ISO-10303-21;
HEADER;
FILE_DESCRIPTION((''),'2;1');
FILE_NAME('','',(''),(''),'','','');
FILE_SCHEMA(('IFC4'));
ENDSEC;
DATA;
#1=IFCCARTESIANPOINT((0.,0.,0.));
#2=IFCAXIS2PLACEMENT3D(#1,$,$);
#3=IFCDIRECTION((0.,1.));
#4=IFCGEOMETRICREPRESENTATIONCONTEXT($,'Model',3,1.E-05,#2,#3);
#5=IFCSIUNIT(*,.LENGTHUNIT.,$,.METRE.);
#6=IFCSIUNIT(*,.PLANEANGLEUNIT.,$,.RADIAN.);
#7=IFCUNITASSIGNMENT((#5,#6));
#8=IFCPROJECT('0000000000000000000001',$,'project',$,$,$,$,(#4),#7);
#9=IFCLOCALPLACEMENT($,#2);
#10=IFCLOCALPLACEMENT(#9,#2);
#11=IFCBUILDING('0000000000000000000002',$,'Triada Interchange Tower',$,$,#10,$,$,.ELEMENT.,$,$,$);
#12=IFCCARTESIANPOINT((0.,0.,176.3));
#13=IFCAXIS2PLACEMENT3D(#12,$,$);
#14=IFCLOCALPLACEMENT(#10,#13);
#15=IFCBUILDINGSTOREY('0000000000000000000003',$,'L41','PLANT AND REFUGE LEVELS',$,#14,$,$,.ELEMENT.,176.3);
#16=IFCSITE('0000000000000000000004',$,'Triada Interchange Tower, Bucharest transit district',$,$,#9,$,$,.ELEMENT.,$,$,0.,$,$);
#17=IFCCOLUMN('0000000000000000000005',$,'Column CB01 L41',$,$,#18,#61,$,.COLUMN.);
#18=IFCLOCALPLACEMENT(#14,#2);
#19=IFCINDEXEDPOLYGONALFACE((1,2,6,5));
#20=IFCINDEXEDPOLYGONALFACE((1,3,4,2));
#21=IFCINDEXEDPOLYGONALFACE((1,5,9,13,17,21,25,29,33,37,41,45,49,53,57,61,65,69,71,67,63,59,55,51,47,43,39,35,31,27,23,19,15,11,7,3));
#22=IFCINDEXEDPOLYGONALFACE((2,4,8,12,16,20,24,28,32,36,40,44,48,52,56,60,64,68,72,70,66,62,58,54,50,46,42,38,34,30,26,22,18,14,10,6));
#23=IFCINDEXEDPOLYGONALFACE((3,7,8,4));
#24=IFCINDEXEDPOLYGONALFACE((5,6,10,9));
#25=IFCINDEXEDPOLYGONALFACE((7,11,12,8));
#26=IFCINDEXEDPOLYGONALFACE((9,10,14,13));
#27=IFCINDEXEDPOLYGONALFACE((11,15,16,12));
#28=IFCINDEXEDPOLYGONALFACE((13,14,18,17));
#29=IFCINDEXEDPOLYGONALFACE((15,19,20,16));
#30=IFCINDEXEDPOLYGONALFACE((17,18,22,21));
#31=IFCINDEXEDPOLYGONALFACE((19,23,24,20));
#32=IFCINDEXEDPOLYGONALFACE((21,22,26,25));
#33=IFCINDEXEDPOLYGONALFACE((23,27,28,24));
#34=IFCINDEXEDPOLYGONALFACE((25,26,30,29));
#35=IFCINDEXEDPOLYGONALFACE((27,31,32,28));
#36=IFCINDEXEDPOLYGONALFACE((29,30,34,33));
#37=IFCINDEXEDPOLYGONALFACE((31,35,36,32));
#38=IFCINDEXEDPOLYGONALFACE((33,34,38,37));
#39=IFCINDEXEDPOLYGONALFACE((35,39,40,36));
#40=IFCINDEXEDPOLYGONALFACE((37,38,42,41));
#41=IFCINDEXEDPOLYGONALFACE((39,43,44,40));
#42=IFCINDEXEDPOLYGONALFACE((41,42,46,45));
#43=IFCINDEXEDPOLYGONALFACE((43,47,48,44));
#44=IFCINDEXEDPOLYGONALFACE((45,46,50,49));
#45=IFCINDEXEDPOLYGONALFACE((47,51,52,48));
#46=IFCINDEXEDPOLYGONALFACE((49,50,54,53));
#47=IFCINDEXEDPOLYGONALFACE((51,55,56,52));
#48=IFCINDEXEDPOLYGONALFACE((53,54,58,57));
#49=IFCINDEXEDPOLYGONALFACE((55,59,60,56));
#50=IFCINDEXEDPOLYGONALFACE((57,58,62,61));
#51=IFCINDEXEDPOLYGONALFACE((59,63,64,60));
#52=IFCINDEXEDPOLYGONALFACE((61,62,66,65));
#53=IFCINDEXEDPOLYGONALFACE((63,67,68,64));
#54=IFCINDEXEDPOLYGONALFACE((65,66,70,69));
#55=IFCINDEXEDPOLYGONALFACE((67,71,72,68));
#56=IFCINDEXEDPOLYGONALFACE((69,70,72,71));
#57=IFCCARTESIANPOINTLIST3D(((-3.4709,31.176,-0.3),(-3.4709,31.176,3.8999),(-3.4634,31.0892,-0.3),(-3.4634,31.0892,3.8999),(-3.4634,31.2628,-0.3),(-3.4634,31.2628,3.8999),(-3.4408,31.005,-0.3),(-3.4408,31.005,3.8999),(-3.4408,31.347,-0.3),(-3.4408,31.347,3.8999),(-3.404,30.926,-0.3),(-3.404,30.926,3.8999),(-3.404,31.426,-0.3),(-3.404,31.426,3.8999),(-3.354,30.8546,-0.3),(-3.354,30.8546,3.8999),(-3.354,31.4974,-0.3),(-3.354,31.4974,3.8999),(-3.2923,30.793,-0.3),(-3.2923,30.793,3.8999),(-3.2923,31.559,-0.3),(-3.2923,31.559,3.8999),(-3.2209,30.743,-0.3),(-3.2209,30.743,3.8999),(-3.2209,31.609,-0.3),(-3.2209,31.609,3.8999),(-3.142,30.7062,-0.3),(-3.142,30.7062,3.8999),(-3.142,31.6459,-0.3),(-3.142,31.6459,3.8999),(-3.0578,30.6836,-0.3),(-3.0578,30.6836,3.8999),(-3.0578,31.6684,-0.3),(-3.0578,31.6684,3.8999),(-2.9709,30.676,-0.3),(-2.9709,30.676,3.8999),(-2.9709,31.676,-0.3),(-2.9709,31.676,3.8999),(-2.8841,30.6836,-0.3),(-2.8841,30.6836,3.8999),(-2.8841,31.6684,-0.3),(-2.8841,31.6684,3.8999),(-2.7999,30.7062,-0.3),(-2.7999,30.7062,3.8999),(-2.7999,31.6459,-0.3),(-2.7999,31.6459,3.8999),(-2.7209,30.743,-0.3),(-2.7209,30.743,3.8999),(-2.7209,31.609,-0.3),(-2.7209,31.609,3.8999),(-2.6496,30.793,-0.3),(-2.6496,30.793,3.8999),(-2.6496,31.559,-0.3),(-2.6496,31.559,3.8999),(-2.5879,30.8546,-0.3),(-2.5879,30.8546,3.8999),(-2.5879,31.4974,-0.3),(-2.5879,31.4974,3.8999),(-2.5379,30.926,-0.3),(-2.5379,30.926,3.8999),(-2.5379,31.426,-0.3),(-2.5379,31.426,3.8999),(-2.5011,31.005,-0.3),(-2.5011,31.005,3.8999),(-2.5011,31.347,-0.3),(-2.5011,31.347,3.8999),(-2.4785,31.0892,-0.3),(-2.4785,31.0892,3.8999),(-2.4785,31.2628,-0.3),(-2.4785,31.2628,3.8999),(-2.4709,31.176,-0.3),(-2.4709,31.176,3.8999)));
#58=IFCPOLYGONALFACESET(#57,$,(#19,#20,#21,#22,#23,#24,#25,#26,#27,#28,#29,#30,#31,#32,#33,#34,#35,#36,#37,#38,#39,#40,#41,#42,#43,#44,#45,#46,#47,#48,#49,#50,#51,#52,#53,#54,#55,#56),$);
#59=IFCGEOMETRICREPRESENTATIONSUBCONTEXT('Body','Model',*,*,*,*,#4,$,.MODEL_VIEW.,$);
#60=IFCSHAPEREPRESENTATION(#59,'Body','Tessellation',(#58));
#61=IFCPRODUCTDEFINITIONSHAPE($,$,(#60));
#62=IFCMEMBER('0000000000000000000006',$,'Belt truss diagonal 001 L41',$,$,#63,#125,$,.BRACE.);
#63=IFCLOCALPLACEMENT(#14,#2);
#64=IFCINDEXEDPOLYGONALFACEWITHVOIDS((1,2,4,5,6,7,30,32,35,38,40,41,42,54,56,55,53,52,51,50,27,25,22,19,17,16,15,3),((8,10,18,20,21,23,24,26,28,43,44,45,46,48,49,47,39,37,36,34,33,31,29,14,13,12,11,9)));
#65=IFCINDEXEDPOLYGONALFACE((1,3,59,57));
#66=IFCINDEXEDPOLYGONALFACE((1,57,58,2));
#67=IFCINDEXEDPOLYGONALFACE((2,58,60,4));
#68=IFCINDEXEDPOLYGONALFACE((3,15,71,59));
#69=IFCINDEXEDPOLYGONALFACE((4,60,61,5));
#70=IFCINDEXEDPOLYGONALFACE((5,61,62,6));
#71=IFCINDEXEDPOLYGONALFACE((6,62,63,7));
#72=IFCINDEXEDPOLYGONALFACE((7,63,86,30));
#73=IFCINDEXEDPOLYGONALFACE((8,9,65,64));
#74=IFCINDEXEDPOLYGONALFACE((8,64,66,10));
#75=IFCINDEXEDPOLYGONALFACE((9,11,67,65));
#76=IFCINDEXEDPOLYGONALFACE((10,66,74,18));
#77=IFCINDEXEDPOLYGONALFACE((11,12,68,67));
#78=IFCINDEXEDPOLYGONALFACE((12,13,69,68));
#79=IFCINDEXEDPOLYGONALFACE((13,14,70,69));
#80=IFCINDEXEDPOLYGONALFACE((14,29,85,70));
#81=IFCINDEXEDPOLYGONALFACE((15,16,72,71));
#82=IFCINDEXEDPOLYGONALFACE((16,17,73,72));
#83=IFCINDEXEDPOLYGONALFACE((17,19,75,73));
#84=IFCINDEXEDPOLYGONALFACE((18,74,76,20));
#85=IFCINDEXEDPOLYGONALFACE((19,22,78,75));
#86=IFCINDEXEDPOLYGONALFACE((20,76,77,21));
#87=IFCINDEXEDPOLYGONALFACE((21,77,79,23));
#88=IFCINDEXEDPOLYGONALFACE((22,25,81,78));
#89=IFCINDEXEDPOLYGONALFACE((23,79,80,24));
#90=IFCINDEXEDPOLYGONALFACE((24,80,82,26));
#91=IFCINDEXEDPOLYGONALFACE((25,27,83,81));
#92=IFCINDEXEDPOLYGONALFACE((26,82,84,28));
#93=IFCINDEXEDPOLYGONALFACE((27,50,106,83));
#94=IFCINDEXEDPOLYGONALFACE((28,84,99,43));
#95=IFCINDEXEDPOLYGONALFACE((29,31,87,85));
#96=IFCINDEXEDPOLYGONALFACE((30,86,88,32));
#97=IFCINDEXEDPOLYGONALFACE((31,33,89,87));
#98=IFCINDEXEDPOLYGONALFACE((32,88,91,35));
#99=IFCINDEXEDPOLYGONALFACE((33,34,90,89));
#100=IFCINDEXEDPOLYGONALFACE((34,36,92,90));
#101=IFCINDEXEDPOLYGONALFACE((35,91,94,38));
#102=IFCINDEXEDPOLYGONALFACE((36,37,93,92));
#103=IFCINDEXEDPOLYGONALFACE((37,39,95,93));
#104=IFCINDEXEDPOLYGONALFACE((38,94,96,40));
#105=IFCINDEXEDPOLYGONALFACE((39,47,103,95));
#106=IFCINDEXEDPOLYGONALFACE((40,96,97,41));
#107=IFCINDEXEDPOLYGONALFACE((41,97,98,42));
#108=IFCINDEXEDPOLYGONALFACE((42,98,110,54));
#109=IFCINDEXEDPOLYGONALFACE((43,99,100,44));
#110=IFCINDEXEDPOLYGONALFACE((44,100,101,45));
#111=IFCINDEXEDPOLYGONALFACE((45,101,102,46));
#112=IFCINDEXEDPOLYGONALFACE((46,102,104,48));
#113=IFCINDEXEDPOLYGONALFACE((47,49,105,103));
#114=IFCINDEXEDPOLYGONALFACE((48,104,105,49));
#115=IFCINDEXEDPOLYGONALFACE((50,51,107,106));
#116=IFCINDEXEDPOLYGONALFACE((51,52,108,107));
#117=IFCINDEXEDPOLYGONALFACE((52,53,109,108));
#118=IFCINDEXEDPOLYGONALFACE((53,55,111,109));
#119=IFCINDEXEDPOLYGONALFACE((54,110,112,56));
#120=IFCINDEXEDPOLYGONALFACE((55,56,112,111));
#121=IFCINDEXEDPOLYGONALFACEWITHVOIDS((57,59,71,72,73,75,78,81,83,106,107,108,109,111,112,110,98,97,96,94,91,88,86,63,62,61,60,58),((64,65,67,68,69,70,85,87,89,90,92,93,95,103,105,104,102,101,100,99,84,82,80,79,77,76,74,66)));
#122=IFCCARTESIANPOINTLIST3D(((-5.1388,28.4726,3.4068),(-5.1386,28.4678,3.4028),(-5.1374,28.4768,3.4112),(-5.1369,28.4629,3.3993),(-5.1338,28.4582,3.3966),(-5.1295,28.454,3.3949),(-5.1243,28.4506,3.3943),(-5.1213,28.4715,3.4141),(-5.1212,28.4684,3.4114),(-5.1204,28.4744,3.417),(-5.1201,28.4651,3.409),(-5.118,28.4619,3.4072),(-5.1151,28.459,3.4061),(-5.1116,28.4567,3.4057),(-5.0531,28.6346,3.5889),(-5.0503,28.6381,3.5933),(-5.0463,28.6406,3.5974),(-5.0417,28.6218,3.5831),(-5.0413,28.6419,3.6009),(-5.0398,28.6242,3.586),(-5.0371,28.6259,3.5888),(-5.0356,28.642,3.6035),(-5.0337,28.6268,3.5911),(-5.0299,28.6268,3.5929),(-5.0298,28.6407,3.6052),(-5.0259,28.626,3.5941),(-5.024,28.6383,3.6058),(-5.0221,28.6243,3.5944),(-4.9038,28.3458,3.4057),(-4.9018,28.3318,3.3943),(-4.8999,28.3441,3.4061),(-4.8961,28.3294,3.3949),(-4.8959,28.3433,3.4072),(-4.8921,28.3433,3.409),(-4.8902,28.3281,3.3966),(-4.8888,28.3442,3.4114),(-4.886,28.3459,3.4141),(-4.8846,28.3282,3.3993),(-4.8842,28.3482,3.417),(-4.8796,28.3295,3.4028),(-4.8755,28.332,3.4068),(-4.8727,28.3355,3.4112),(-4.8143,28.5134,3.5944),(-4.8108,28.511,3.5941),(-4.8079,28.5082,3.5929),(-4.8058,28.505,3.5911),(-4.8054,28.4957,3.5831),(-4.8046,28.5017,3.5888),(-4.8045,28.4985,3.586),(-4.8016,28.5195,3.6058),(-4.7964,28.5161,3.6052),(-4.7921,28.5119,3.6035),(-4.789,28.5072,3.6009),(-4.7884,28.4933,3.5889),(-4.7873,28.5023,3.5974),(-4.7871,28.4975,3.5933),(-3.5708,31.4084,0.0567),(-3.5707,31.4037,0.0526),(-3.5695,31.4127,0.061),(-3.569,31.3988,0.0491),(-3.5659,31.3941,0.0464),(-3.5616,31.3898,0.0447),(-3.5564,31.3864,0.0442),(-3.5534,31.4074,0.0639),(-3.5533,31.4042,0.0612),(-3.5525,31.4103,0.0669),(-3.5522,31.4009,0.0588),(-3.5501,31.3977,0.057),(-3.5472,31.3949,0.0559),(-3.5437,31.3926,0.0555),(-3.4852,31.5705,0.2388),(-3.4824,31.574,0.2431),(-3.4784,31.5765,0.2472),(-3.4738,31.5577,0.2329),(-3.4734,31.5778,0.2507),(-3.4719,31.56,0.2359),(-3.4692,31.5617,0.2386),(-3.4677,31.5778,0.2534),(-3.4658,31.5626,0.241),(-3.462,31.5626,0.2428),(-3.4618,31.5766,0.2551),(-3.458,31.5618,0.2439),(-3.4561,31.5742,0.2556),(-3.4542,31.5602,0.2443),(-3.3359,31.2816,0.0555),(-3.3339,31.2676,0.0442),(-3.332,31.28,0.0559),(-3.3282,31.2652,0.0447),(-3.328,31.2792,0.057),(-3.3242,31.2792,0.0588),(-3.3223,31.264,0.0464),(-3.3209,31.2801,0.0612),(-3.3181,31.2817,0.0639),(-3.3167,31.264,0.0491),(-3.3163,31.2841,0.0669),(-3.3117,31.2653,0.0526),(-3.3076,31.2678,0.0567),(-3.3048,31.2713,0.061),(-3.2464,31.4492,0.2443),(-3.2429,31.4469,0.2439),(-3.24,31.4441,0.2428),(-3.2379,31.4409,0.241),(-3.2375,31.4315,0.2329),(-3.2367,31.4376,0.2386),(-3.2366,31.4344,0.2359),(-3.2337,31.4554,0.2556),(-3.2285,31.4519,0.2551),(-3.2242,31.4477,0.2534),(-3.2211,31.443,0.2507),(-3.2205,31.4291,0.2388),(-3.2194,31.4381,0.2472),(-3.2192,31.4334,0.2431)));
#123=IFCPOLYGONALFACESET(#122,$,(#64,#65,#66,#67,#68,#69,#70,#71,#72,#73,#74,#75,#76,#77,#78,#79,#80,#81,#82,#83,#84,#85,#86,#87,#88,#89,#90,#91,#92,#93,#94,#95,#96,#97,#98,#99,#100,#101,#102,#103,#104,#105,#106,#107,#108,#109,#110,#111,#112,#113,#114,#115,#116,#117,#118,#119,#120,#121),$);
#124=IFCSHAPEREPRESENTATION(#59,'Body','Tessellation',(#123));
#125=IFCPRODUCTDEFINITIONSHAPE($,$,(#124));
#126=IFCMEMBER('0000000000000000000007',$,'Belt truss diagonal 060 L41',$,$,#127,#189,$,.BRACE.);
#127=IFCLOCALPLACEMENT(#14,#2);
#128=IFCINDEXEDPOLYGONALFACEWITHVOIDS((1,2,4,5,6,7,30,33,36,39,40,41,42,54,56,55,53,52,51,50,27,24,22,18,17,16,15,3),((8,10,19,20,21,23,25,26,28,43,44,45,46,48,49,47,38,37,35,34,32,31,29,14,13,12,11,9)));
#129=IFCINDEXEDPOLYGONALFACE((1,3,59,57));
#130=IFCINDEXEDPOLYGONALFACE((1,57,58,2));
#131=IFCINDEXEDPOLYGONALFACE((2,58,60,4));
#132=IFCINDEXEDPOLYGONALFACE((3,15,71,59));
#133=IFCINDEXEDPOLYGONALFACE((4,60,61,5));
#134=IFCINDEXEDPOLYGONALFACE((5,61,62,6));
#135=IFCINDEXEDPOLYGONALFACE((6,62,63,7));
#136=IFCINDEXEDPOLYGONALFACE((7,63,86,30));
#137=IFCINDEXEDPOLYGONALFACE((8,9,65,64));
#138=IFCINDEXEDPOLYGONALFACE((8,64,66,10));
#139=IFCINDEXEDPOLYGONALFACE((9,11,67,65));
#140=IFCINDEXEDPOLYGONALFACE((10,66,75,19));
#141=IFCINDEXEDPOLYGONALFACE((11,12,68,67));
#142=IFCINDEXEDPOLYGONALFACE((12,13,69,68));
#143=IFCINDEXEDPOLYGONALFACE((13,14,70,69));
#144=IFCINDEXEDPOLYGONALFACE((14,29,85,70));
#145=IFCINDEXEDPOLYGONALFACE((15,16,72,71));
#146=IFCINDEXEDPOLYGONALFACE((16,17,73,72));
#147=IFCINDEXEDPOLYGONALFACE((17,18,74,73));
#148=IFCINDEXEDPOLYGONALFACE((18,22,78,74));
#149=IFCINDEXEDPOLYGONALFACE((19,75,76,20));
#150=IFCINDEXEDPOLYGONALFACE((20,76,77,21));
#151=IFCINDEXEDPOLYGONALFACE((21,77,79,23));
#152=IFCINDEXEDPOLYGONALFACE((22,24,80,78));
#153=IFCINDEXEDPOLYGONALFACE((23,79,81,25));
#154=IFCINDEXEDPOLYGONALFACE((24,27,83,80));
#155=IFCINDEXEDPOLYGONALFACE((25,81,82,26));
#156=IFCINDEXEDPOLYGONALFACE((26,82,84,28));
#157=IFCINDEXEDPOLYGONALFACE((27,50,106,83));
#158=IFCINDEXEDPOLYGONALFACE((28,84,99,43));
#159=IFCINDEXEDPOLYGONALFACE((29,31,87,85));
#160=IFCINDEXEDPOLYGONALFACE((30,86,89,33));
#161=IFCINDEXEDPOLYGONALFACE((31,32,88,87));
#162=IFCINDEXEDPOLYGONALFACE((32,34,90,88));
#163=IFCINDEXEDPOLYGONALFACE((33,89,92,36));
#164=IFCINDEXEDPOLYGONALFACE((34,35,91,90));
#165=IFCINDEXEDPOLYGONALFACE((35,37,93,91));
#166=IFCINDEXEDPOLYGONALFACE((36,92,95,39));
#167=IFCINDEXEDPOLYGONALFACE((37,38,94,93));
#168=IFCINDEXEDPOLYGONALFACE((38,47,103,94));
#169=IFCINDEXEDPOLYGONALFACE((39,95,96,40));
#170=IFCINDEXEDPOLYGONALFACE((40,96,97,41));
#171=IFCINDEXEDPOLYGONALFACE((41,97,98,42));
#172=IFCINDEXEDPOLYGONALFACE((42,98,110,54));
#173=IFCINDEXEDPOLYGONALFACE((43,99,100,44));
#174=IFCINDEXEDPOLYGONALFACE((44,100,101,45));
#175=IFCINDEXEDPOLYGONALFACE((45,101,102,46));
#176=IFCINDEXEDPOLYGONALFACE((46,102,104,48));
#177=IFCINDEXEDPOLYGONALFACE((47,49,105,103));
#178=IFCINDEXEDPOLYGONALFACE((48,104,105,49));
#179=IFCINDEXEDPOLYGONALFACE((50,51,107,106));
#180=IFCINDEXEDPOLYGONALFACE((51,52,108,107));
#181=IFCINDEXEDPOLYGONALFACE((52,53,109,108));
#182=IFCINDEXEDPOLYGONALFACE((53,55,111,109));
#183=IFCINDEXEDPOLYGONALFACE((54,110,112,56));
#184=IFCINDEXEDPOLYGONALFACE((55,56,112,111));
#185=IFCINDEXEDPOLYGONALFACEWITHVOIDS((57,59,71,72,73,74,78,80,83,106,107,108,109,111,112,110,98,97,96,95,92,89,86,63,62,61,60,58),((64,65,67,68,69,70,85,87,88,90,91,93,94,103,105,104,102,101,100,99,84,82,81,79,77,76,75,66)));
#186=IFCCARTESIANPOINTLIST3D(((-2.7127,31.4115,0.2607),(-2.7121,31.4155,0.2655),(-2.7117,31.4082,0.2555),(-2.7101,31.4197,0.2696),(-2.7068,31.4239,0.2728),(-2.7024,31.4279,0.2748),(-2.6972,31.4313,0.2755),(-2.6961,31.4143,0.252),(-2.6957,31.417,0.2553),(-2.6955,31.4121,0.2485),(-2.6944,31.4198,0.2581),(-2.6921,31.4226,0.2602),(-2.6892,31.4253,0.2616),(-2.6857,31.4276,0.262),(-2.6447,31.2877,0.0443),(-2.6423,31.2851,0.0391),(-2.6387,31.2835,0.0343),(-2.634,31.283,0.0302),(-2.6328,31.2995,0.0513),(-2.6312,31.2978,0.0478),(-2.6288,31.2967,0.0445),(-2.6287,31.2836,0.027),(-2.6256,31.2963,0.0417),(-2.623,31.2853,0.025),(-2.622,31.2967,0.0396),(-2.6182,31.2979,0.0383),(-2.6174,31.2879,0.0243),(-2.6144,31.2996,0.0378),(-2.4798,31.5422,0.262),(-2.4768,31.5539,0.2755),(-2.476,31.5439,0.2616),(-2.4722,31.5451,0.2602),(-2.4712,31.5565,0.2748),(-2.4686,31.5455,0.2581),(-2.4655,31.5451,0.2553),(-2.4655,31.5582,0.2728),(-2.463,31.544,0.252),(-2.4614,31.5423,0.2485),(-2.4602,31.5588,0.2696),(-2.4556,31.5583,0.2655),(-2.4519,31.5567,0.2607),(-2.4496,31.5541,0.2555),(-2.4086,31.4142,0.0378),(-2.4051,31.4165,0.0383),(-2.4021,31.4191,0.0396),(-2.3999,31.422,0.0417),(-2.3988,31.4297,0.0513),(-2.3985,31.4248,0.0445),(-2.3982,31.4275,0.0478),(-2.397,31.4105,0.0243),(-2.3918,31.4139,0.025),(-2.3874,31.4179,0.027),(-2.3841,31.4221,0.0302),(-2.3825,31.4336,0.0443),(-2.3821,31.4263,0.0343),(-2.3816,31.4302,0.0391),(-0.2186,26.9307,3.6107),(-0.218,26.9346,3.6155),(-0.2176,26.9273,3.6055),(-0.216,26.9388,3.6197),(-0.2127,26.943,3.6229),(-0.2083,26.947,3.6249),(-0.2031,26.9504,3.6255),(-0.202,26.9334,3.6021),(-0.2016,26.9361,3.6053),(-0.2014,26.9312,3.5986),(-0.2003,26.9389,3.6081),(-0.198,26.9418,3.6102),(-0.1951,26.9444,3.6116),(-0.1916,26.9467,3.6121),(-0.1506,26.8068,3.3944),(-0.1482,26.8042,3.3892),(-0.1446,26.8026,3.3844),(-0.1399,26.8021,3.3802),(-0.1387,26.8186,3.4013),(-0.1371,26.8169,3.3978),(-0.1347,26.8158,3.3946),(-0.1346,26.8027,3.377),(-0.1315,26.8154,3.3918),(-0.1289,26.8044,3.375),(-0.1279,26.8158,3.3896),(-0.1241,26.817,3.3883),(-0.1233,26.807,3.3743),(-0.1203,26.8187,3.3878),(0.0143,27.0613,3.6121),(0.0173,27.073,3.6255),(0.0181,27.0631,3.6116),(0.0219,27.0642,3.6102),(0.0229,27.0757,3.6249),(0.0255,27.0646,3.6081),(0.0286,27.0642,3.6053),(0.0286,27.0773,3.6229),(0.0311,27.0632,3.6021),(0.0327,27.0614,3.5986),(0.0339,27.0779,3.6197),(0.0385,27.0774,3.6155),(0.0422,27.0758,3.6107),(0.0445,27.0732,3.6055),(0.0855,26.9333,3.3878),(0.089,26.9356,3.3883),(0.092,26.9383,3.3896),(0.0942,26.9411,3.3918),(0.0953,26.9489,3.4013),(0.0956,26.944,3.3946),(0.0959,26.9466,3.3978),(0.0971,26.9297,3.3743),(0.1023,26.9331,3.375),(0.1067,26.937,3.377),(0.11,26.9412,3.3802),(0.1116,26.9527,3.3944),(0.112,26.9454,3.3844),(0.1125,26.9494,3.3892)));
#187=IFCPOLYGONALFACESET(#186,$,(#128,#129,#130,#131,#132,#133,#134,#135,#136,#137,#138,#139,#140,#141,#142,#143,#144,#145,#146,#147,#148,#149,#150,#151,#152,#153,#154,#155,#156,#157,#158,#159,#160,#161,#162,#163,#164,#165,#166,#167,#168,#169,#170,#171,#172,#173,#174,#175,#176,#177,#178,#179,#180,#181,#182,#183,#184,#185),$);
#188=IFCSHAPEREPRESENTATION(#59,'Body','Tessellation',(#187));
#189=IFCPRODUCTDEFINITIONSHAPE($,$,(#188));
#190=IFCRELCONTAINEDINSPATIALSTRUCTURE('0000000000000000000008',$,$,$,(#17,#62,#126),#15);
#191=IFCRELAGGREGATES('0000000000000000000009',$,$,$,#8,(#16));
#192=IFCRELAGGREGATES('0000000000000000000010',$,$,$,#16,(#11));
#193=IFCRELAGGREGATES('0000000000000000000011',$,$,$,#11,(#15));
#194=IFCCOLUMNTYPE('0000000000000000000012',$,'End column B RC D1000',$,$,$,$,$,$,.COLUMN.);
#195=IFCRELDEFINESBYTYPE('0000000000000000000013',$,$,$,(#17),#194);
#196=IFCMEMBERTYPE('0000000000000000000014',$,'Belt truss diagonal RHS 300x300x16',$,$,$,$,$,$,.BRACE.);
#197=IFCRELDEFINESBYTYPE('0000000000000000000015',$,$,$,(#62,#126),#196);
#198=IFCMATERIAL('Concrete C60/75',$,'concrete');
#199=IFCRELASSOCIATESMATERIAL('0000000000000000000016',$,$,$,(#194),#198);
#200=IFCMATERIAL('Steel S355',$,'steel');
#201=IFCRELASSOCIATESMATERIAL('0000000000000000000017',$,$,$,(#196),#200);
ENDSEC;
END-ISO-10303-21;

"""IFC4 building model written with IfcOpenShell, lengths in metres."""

from ifc_helpers import new_model, si_unit, direction, frame, origin, origin_2d, place, context, subcontext, project, spatial, hollow_rectangle, circle, extrude, material, material_profile, profile_set, type_object, element, save


model = new_model("IFC4")

# Units and contexts
model_context = context("Model", 3, precision=1e-05, world=origin(), true_north=direction((0.0, 1.0)))
body_context = subcontext(model_context, "Body", "Model", "MODEL_VIEW")
ifc_project = project(units=[si_unit("LENGTHUNIT", "METRE"), si_unit("PLANEANGLEUNIT", "RADIAN")], contexts=[model_context])

# Site, building, storey
site_placement = place(None, origin())
site = spatial("IfcSite", under=ifc_project, at=site_placement, Name="Triada Interchange Tower, Bucharest transit district", CompositionType="ELEMENT", RefElevation=0.0)
building_placement = place(site_placement, origin())
building = spatial("IfcBuilding", under=site, at=building_placement, Name="Triada Interchange Tower", CompositionType="ELEMENT")
storey_placement = place(building_placement, frame((0.0, 0.0, 176.3)))
storey = spatial("IfcBuildingStorey", under=building, at=storey_placement, Name="L41", Description="PLANT AND REFUGE LEVELS", CompositionType="ELEMENT", Elevation=176.3)

# Column
ifc_material_1 = material(Name="Concrete C60/75", Category="concrete")
ifc_material_profile_1 = material_profile(ifc_material_1, circle(Radius=0.5, at=origin_2d()), Name="RC D1000")
ifc_profile_set_1 = profile_set([ifc_material_profile_1], Name="Concrete C60/75")
column_type = type_object("IfcColumnType", Name="End column B RC D1000", PredefinedType="COLUMN", material=ifc_profile_set_1)
column_placement = place(storey_placement, frame((-2.9709, 31.176, -0.3), z_axis=(0.0, 0.0, 1.0), x_axis=(0.5, 0.866025, 0.0)))
element("IfcColumn", 1, at=column_placement, inside=storey, type_object=column_type, Name="Column CB01 L41", PredefinedType="COLUMN", context=body_context, shape_type="SweptSolid", body=[
    extrude(circle(Radius=0.5, at=origin_2d()), origin(), (0.0, 0.0, 1.0), 4.2),
])

# Members
ifc_material_2 = material(Name="Steel S355", Category="steel")
ifc_material_profile_2 = material_profile(ifc_material_2, hollow_rectangle(XDim=0.3, YDim=0.3, WallThickness=0.0161, InnerFilletRadius=0.0161, OuterFilletRadius=0.0239, at=origin_2d()), Name="RHS 300x300x16")
ifc_profile_set_2 = profile_set([ifc_material_profile_2], Name="Steel S355")
member_type = type_object("IfcMemberType", Name="Belt truss diagonal RHS 300x300x16", PredefinedType="BRACE", material=ifc_profile_set_2)
member_1_placement = place(storey_placement, frame((-3.395, 31.4209, 0.1499), z_axis=(-0.332013, -0.621685, 0.709419), x_axis=(0.882089, -0.471083, 0.0)))
element("IfcMember", 2, at=member_1_placement, inside=storey, type_object=member_type, Name="Belt truss diagonal 001 L41", PredefinedType="BRACE", context=body_context, shape_type="SweptSolid", body=[
    extrude(hollow_rectangle(XDim=0.3, YDim=0.3, WallThickness=0.0161, InnerFilletRadius=0.0161, OuterFilletRadius=0.0239, at=origin_2d()), origin(), (0.0, 0.0, 1.0), 4.7224),
])
member_2_placement = place(storey_placement, frame((-2.5471, 31.4209, 0.1499), z_axis=(0.407167, -0.731514, 0.546902), x_axis=(0.873766, 0.486346, 0.0)))
element("IfcMember", 3, at=member_2_placement, inside=storey, type_object=member_type, Name="Belt truss diagonal 060 L41", PredefinedType="BRACE", context=body_context, shape_type="SweptSolid", body=[
    extrude(hollow_rectangle(XDim=0.3, YDim=0.3, WallThickness=0.0161, InnerFilletRadius=0.0161, OuterFilletRadius=0.0239, at=origin_2d()), origin(), (0.0, 0.0, 1.0), 6.1255),
])

save(model, "model.ifc")
